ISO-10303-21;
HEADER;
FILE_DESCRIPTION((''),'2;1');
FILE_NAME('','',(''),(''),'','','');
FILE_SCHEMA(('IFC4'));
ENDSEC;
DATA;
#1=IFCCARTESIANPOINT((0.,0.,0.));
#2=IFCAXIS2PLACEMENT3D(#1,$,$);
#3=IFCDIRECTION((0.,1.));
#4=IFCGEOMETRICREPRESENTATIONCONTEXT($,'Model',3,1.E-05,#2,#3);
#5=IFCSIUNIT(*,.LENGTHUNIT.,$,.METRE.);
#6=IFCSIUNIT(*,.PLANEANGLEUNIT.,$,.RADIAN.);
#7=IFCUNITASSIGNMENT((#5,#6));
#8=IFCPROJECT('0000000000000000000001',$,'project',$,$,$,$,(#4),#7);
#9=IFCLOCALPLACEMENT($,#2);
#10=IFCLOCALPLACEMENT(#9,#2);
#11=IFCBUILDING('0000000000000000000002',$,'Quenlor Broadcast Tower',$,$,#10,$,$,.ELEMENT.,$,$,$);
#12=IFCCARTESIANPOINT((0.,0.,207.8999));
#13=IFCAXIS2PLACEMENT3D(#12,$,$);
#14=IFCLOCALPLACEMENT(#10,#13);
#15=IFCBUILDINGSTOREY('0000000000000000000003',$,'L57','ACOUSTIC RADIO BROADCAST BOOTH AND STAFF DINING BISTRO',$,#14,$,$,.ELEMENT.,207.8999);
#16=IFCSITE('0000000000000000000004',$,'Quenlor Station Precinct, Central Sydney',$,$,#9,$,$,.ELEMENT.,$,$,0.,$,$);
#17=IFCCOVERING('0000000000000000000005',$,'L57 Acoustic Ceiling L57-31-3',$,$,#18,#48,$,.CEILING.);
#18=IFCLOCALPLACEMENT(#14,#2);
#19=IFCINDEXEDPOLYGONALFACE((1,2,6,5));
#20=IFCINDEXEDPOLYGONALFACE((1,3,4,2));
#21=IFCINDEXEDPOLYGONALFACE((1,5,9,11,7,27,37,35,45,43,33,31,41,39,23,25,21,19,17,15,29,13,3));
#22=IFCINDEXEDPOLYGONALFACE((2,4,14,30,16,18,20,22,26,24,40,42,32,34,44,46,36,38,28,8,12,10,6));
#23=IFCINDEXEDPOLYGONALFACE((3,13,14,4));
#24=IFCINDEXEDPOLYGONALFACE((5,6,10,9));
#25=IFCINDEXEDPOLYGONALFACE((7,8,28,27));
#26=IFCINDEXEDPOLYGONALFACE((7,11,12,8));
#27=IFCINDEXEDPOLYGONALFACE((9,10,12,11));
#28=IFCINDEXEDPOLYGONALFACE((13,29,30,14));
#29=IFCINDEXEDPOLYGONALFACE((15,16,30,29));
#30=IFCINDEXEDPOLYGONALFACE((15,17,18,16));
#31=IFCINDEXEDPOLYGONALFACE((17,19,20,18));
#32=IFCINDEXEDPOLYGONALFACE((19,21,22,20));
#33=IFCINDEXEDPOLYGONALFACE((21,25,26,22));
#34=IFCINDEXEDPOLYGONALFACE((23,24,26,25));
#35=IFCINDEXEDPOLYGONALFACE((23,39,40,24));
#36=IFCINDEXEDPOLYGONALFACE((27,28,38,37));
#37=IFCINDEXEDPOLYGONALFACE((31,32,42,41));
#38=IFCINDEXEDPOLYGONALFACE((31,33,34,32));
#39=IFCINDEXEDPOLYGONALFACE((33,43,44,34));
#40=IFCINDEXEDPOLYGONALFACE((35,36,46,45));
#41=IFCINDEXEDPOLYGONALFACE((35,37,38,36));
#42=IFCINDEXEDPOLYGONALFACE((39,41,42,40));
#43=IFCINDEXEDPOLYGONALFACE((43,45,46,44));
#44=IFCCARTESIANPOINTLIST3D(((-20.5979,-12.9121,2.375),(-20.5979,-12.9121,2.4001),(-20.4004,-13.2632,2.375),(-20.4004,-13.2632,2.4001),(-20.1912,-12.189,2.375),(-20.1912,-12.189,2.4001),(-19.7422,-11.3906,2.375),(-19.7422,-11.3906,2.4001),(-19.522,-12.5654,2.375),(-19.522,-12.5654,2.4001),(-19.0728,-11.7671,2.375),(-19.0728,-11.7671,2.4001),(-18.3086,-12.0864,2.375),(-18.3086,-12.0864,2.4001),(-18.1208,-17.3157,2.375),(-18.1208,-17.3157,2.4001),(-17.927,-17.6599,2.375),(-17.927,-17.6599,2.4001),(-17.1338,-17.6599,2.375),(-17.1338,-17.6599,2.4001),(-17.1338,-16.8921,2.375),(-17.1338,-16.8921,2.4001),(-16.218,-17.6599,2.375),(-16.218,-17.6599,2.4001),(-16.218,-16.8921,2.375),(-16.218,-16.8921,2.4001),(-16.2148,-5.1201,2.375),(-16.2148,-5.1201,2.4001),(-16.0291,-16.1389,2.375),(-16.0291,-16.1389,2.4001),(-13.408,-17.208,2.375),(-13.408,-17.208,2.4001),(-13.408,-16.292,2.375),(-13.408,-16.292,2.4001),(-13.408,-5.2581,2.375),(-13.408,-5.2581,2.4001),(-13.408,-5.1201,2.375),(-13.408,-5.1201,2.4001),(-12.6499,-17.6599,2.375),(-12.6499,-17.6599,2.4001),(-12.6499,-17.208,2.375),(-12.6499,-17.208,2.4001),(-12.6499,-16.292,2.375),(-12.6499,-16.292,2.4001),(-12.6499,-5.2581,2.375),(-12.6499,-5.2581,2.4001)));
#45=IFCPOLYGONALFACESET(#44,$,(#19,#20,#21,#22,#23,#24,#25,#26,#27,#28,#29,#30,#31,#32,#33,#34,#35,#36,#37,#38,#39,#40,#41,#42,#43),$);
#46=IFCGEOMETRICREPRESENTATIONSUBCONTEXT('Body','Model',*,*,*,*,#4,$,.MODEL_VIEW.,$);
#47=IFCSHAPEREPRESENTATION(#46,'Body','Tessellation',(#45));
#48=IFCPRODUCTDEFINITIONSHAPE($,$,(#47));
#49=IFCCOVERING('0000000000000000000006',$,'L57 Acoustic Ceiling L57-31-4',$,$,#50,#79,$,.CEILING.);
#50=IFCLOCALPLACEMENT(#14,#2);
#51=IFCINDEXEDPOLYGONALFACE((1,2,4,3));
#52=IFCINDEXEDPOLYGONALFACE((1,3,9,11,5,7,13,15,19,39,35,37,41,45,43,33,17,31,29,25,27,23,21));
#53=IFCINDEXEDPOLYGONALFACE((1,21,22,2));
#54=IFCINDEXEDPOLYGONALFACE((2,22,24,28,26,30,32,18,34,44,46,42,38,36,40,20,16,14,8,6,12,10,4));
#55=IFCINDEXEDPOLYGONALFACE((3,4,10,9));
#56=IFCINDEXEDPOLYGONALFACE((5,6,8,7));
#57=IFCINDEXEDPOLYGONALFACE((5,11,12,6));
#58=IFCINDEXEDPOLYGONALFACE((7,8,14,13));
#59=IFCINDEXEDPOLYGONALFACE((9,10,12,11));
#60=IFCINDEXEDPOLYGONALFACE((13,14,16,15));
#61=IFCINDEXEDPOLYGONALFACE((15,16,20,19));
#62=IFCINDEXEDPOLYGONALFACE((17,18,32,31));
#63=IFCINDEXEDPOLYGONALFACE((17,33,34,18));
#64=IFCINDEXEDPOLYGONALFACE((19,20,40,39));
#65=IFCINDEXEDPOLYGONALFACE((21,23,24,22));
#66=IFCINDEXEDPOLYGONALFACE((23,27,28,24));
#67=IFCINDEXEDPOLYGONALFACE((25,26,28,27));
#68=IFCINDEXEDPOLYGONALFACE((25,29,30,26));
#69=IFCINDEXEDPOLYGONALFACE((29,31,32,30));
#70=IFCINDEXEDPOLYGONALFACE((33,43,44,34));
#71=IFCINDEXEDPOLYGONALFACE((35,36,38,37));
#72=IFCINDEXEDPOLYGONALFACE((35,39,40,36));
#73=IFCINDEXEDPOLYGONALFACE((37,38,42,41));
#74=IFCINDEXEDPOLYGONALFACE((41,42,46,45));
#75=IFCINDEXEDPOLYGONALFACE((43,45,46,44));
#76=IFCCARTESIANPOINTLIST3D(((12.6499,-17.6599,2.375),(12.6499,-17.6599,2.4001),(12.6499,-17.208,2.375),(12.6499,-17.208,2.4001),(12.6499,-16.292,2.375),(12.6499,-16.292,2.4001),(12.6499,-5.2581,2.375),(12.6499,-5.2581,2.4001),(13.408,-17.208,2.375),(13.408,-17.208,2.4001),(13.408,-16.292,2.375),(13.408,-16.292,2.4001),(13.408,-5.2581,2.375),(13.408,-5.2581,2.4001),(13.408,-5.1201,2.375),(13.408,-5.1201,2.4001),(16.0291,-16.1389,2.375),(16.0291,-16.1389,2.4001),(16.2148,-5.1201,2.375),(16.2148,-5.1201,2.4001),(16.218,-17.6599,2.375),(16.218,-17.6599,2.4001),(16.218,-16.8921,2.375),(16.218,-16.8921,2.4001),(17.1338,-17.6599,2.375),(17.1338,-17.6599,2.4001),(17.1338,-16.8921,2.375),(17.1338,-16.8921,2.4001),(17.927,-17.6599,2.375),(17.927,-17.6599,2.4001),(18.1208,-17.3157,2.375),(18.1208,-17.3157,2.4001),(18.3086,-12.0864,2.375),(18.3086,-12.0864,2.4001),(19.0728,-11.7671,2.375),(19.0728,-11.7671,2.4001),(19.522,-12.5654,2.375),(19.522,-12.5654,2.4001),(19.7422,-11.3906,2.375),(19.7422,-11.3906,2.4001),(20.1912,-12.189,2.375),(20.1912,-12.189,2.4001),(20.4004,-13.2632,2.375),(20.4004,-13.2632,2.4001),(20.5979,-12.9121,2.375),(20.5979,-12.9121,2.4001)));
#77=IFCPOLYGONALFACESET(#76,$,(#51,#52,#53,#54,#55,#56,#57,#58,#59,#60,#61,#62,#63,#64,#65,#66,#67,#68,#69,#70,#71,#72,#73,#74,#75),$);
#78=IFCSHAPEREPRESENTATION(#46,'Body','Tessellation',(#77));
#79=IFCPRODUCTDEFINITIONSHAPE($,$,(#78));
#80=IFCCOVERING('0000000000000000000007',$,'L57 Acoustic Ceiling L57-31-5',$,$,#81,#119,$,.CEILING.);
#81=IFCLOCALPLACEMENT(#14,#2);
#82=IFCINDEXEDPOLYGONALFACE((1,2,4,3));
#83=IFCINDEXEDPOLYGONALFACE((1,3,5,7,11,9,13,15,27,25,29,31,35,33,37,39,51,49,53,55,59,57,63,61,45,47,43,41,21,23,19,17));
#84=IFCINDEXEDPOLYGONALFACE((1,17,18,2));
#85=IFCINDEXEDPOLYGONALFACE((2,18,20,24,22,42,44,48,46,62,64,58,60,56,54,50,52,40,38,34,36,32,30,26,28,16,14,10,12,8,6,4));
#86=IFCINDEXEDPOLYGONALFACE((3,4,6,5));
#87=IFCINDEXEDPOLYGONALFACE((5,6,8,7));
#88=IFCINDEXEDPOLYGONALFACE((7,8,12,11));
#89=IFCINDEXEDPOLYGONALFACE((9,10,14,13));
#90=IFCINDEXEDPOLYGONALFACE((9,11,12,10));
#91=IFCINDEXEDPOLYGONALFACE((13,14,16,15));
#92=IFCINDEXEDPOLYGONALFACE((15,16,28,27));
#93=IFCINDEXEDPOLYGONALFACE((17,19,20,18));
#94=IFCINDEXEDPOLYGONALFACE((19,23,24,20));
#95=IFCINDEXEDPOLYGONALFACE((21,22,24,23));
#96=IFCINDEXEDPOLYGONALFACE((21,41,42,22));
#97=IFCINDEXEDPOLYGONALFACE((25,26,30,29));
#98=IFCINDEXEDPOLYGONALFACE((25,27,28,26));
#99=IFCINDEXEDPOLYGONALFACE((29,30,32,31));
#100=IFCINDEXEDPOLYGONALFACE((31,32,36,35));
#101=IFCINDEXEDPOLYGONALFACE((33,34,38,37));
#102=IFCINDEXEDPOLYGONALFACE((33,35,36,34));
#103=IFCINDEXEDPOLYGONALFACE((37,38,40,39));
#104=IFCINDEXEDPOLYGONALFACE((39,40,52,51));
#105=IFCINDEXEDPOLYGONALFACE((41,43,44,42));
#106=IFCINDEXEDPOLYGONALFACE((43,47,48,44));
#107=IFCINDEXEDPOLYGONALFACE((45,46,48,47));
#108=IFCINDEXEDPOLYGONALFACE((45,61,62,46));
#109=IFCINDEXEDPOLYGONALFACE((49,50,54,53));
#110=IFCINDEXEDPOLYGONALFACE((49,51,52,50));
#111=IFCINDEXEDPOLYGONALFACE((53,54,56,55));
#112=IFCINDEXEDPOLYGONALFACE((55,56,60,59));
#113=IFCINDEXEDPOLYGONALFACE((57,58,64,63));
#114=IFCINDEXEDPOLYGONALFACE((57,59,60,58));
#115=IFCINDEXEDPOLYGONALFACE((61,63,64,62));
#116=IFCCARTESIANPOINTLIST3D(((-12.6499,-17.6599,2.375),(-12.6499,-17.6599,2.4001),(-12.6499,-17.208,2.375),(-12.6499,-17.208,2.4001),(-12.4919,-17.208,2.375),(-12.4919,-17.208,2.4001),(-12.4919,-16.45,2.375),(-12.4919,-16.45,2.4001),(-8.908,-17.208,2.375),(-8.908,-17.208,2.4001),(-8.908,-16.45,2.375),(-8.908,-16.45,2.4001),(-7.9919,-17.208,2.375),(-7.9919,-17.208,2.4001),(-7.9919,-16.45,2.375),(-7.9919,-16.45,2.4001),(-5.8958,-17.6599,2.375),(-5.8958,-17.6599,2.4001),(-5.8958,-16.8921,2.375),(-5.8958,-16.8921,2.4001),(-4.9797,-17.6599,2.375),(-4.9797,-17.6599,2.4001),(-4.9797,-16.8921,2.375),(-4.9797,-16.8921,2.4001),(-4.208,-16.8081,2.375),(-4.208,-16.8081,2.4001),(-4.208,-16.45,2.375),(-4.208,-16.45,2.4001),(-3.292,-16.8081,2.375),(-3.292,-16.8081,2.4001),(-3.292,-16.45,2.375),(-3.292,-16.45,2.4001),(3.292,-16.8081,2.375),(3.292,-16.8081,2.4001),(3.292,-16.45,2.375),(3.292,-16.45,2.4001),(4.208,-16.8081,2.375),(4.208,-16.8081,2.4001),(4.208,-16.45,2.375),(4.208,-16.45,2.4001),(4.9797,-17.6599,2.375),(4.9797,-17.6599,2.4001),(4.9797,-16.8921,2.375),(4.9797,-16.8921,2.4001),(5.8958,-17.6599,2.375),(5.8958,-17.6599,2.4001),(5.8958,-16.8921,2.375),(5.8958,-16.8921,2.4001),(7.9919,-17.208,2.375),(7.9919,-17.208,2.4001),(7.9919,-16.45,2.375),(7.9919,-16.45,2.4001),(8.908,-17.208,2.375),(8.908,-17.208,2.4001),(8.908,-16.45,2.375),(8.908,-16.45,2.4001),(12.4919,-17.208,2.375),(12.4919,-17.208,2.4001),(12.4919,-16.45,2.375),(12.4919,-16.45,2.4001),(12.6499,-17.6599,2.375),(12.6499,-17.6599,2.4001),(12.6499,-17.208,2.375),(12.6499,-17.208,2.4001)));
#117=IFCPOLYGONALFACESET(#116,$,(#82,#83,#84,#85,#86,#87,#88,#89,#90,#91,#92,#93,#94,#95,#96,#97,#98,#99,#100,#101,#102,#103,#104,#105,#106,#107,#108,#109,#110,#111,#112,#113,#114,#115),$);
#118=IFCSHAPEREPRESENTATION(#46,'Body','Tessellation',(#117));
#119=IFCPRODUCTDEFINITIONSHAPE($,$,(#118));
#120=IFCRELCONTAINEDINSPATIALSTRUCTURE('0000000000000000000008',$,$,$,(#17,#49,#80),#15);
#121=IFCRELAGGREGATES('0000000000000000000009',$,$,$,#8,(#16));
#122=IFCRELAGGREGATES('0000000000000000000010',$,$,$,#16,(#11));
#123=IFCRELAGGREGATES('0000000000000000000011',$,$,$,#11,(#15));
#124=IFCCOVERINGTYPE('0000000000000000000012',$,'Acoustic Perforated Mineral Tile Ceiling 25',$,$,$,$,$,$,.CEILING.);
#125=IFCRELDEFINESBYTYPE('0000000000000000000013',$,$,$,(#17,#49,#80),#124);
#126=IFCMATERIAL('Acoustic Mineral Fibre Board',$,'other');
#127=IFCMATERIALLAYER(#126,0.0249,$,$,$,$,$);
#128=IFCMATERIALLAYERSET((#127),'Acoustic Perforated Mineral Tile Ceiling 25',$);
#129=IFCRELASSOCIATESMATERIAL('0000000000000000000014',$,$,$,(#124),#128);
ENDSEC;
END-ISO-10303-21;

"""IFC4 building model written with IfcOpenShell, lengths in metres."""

from ifc_helpers import new_model, si_unit, direction, frame, origin, place, context, subcontext, project, spatial, polyline, outline, extrude, material, layer, layer_set, type_object, element, save


model = new_model("IFC4")

# Units and contexts
model_context = context("Model", 3, precision=1e-05, world=origin(), true_north=direction((0.0, 1.0)))
body_context = subcontext(model_context, "Body", "Model", "MODEL_VIEW")
ifc_project = project(units=[si_unit("LENGTHUNIT", "METRE"), si_unit("PLANEANGLEUNIT", "RADIAN")], contexts=[model_context])

# Site, building, storey
site_placement = place(None, origin())
site = spatial("IfcSite", under=ifc_project, at=site_placement, Name="Quenlor Station Precinct, Central Sydney", CompositionType="ELEMENT", RefElevation=0.0)
building_placement = place(site_placement, origin())
building = spatial("IfcBuilding", under=site, at=building_placement, Name="Quenlor Broadcast Tower", CompositionType="ELEMENT")
storey_placement = place(building_placement, frame((0.0, 0.0, 207.8999)))
storey = spatial("IfcBuildingStorey", under=building, at=storey_placement, Name="L57", Description="ACOUSTIC RADIO BROADCAST BOOTH AND STAFF DINING BISTRO", CompositionType="ELEMENT", Elevation=207.8999)

# Coverings
ifc_material_1 = material(Name="Acoustic Mineral Fibre Board", Category="other")
ifc_layer_1 = layer(ifc_material_1, 0.0249)
ifc_layer_set_1 = layer_set([ifc_layer_1], Name="Acoustic Perforated Mineral Tile Ceiling 25")
covering_type = type_object("IfcCoveringType", Name="Acoustic Perforated Mineral Tile Ceiling 25", PredefinedType="CEILING", material=ifc_layer_set_1)
covering_1_placement = place(storey_placement, frame((0.0, 0.0, 2.375)))
element("IfcCovering", 1, at=covering_1_placement, inside=storey, type_object=covering_type, Name="L57 Acoustic Ceiling L57-31-3", PredefinedType="CEILING", context=body_context, shape_type="SweptSolid", body=[
    extrude(outline(polyline([(-20.5979, -12.9121), (-20.1912, -12.189), (-19.522, -12.5654), (-19.0728, -11.7671), (-19.7422, -11.3906), (-16.2148, -5.1201), (-13.408, -5.1201), (-13.408, -5.2581), (-12.6499, -5.2581), (-12.6499, -16.292), (-13.408, -16.292), (-13.408, -17.208), (-12.6499, -17.208), (-12.6499, -17.6599), (-16.218, -17.6599), (-16.218, -16.8921), (-17.1338, -16.8921), (-17.1338, -17.6599), (-17.927, -17.6599), (-18.1208, -17.3157), (-16.0291, -16.1389), (-18.3086, -12.0864), (-20.4004, -13.2632), (-20.5979, -12.9121)])), origin(), (0.0, 0.0, 1.0), 0.0251),
])
covering_2_placement = place(storey_placement, frame((0.0, 0.0, 2.375)))
element("IfcCovering", 2, at=covering_2_placement, inside=storey, type_object=covering_type, Name="L57 Acoustic Ceiling L57-31-4", PredefinedType="CEILING", context=body_context, shape_type="SweptSolid", body=[
    extrude(outline(polyline([(13.408, -17.208), (13.408, -16.292), (12.6499, -16.292), (12.6499, -5.2581), (13.408, -5.2581), (13.408, -5.1201), (16.2148, -5.1201), (19.7422, -11.3906), (19.0728, -11.7671), (19.522, -12.5654), (20.1912, -12.189), (20.5979, -12.9121), (20.4004, -13.2632), (18.3086, -12.0864), (16.0291, -16.1389), (18.1208, -17.3157), (17.927, -17.6599), (17.1338, -17.6599), (17.1338, -16.8921), (16.218, -16.8921), (16.218, -17.6599), (12.6499, -17.6599), (12.6499, -17.208), (13.408, -17.208)])), origin(), (0.0, 0.0, 1.0), 0.0251),
])
covering_3_placement = place(storey_placement, frame((0.0, 0.0, 2.375)))
element("IfcCovering", 3, at=covering_3_placement, inside=storey, type_object=covering_type, Name="L57 Acoustic Ceiling L57-31-5", PredefinedType="CEILING", context=body_context, shape_type="SweptSolid", body=[
    extrude(outline(polyline([(-12.4919, -17.208), (-12.4919, -16.45), (-8.908, -16.45), (-8.908, -17.208), (-7.9919, -17.208), (-7.9919, -16.45), (-4.208, -16.45), (-4.208, -16.8081), (-3.292, -16.8081), (-3.292, -16.45), (3.292, -16.45), (3.292, -16.8081), (4.208, -16.8081), (4.208, -16.45), (7.9919, -16.45), (7.9919, -17.208), (8.908, -17.208), (8.908, -16.45), (12.4919, -16.45), (12.4919, -17.208), (12.6499, -17.208), (12.6499, -17.6599), (5.8958, -17.6599), (5.8958, -16.8921), (4.9797, -16.8921), (4.9797, -17.6599), (-4.9797, -17.6599), (-4.9797, -16.8921), (-5.8958, -16.8921), (-5.8958, -17.6599), (-12.6499, -17.6599), (-12.6499, -17.208), (-12.4919, -17.208)])), origin(), (0.0, 0.0, 1.0), 0.0251),
])

save(model, "model.ifc")
